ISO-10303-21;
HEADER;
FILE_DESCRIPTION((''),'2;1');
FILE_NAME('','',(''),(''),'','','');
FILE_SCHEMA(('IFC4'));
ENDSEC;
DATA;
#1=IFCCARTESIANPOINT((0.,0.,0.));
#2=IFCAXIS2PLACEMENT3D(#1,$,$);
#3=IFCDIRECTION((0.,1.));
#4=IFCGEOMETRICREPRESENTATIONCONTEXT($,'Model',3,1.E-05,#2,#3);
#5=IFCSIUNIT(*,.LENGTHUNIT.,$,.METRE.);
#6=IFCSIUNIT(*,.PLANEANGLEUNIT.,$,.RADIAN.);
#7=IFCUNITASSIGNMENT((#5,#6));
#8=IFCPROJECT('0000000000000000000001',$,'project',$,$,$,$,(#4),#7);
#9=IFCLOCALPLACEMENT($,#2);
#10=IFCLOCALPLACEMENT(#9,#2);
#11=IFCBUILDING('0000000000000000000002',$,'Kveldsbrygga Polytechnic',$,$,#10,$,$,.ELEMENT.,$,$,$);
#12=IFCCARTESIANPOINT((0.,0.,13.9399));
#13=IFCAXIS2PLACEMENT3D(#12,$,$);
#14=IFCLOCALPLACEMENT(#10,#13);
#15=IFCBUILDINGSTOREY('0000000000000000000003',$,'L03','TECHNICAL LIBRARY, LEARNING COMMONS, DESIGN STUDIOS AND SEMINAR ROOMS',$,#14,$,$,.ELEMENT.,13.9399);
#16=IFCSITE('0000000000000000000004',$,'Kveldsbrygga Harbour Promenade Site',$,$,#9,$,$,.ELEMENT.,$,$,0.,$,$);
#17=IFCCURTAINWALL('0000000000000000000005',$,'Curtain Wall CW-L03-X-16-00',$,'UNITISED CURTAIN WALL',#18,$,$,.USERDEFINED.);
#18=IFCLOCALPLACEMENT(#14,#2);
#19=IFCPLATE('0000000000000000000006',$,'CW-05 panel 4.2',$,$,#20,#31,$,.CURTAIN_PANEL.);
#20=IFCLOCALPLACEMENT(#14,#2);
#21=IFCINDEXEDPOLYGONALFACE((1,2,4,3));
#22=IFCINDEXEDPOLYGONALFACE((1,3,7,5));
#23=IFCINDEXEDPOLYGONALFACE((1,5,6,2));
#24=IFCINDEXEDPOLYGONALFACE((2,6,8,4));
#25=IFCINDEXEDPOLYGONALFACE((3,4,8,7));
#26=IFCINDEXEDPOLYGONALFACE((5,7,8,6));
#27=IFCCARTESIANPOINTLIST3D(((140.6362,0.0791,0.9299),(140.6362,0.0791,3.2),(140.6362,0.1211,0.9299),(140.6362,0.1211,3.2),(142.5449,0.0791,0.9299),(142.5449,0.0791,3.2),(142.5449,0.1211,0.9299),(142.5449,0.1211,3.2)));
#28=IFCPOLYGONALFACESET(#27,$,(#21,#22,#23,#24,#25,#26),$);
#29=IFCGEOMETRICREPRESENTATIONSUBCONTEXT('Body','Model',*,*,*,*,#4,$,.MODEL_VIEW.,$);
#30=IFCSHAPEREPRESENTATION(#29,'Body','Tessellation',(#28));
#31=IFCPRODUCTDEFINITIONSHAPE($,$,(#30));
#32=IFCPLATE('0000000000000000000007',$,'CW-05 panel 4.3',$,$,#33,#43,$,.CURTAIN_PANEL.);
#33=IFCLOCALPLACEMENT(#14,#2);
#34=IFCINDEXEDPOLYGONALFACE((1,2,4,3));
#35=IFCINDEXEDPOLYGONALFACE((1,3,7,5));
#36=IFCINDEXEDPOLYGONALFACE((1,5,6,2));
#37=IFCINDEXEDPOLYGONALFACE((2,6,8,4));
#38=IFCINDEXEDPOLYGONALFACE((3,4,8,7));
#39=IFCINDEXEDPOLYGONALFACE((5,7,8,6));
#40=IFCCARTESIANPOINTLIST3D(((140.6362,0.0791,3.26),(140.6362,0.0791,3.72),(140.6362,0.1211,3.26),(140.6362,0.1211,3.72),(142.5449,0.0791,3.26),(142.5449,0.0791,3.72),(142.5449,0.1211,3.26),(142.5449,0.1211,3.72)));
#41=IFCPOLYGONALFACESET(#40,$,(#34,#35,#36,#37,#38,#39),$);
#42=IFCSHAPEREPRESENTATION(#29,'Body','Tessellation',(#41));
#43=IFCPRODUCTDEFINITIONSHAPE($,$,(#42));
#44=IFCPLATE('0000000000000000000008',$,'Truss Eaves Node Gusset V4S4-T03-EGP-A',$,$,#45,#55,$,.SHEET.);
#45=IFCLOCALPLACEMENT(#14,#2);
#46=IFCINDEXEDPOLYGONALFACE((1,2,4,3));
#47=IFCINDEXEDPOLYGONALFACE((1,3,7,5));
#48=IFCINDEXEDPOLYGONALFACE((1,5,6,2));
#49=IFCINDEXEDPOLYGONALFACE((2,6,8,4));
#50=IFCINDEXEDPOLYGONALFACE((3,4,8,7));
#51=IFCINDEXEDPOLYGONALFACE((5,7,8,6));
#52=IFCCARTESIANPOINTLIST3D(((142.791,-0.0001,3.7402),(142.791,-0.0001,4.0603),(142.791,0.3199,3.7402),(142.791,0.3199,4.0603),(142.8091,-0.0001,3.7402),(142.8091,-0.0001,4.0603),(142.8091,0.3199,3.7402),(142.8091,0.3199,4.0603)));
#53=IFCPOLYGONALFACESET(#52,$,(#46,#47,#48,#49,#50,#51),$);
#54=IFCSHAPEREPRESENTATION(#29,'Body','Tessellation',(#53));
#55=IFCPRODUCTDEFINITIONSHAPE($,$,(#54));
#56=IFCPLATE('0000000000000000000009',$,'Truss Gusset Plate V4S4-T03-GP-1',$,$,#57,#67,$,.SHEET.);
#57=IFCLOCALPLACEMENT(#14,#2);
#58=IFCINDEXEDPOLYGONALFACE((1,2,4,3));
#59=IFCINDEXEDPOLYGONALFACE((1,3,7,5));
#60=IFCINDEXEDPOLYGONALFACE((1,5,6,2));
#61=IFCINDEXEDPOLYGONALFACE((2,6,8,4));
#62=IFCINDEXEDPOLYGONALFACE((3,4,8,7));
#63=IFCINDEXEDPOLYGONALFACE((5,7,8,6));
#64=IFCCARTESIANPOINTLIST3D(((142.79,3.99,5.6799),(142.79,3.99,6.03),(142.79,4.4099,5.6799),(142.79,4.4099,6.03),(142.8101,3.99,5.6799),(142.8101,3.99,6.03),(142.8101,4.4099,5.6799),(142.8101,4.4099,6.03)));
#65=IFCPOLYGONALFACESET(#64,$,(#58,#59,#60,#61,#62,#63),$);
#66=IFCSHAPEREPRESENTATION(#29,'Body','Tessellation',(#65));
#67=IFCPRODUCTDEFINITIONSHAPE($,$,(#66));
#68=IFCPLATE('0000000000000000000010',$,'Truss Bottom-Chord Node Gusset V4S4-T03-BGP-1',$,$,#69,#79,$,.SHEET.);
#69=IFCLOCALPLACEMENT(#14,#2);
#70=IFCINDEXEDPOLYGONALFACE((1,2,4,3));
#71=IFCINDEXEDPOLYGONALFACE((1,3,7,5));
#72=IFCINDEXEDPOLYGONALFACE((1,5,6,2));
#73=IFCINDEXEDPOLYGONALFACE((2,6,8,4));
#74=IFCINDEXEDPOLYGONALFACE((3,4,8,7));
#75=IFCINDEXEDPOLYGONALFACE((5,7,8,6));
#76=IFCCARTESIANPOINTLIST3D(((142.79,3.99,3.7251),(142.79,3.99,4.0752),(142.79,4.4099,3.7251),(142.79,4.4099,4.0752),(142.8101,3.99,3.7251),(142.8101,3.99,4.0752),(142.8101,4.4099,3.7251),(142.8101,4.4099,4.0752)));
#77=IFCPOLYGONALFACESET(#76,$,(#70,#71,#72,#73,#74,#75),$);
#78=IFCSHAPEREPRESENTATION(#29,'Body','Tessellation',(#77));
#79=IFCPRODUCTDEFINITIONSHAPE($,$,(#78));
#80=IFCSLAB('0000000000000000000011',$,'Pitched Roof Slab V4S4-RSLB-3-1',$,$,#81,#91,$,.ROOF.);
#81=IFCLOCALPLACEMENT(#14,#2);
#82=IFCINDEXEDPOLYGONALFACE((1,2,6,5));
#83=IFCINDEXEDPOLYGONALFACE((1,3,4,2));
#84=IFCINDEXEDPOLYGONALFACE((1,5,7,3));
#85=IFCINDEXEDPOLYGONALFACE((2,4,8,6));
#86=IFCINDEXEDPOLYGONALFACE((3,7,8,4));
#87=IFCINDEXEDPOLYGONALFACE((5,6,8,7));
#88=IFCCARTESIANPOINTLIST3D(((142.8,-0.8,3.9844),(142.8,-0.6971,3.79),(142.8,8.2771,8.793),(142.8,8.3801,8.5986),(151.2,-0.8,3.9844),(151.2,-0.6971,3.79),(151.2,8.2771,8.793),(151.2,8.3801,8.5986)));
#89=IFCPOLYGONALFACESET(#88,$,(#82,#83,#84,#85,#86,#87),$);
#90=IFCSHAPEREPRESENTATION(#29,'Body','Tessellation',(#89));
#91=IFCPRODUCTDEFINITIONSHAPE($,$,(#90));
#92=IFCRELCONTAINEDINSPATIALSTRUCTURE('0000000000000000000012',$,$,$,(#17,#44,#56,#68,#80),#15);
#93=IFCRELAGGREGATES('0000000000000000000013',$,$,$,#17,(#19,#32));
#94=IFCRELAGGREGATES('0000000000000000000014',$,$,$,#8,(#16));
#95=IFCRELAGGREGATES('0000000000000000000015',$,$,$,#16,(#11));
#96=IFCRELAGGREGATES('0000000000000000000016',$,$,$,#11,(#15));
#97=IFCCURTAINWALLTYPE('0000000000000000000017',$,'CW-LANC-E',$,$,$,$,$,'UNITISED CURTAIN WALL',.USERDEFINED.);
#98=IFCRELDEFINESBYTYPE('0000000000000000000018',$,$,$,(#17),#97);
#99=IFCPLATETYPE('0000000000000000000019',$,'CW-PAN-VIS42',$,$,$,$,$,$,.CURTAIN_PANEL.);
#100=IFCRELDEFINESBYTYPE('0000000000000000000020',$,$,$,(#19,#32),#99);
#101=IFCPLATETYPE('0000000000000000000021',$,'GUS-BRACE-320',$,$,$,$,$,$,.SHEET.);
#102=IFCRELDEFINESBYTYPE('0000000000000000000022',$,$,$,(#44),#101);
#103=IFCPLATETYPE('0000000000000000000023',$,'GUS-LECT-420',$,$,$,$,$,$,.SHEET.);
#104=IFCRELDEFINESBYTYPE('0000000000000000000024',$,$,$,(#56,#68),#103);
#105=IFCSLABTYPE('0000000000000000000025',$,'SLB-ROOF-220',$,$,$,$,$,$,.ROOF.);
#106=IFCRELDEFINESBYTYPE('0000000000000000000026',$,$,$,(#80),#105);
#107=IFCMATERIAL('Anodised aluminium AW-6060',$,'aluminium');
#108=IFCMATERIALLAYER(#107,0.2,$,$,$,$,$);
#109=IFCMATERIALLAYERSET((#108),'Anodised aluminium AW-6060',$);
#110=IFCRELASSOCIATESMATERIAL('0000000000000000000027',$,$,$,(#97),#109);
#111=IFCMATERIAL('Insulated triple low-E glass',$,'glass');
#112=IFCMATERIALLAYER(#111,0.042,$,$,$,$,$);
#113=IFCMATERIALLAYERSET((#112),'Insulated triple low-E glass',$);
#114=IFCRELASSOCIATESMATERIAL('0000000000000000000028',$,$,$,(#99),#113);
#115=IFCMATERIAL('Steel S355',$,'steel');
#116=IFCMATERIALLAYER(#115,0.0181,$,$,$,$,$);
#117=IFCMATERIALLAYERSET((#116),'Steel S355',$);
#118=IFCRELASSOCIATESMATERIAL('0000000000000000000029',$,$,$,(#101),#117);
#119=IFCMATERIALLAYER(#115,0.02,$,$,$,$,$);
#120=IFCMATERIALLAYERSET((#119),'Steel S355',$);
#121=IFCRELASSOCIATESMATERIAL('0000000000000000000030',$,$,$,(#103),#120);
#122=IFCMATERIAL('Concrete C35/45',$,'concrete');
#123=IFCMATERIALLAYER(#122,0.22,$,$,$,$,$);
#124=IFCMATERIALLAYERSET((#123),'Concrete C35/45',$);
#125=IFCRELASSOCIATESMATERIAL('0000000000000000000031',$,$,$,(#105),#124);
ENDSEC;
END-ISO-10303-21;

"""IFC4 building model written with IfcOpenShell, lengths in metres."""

from ifc_helpers import new_model, si_unit, direction, frame, origin, origin_2d, place, context, subcontext, project, spatial, polyline, rectangle, outline, extrude, material, layer, layer_set, type_object, element, aggregate, save


model = new_model("IFC4")

# Units and contexts
model_context = context("Model", 3, precision=1e-05, world=origin(), true_north=direction((0.0, 1.0)))
body_context = subcontext(model_context, "Body", "Model", "MODEL_VIEW")
ifc_project = project(units=[si_unit("LENGTHUNIT", "METRE"), si_unit("PLANEANGLEUNIT", "RADIAN")], contexts=[model_context])

# Site, building, storey
site_placement = place(None, origin())
site = spatial("IfcSite", under=ifc_project, at=site_placement, Name="Kveldsbrygga Harbour Promenade Site", CompositionType="ELEMENT", RefElevation=0.0)
building_placement = place(site_placement, origin())
building = spatial("IfcBuilding", under=site, at=building_placement, Name="Kveldsbrygga Polytechnic", CompositionType="ELEMENT")
storey_placement = place(building_placement, frame((0.0, 0.0, 13.9399)))
storey = spatial("IfcBuildingStorey", under=building, at=storey_placement, Name="L03", Description="TECHNICAL LIBRARY, LEARNING COMMONS, DESIGN STUDIOS AND SEMINAR ROOMS", CompositionType="ELEMENT", Elevation=13.9399)

# Shared definitions
ifc_material_1 = material(Name="Steel S355", Category="steel")

# Curtain wall
ifc_material_2 = material(Name="Anodised aluminium AW-6060", Category="aluminium")
ifc_layer_1 = layer(ifc_material_2, 0.2)
ifc_layer_set_1 = layer_set([ifc_layer_1], Name="Anodised aluminium AW-6060")
curtain_wall_type = type_object("IfcCurtainWallType", Name="CW-LANC-E", ElementType="UNITISED CURTAIN WALL", PredefinedType="USERDEFINED", material=ifc_layer_set_1)
curtain_wall_placement = place(storey_placement, origin())
curtain_wall = element("IfcCurtainWall", 1, at=curtain_wall_placement, inside=storey, type_object=curtain_wall_type, Name="Curtain Wall CW-L03-X-16-00", ObjectType="UNITISED CURTAIN WALL", PredefinedType="USERDEFINED")

# Plates
ifc_material_3 = material(Name="Insulated triple low-E glass", Category="glass")
ifc_layer_2 = layer(ifc_material_3, 0.042)
ifc_layer_set_2 = layer_set([ifc_layer_2], Name="Insulated triple low-E glass")
plate_type_1 = type_object("IfcPlateType", Name="CW-PAN-VIS42", PredefinedType="CURTAIN_PANEL", material=ifc_layer_set_2)
plate_1_placement = place(storey_placement, frame((141.5906, 0.1001, 0.9299), z_axis=(0.0, 0.0, 1.0), x_axis=(1.0, 0.0, 0.0)))
plate_1 = element("IfcPlate", 2, at=plate_1_placement, type_object=plate_type_1, Name="CW-05 panel 4.2", PredefinedType="CURTAIN_PANEL", context=body_context, shape_type="SweptSolid", body=[
    extrude(rectangle(XDim=1.9087, YDim=0.042, at=origin_2d()), origin(), (0.0, 0.0, 1.0), 2.27),
])
plate_2_placement = place(storey_placement, frame((141.5906, 0.1001, 3.26), z_axis=(0.0, 0.0, 1.0), x_axis=(1.0, 0.0, 0.0)))
plate_2 = element("IfcPlate", 3, at=plate_2_placement, type_object=plate_type_1, Name="CW-05 panel 4.3", PredefinedType="CURTAIN_PANEL", context=body_context, shape_type="SweptSolid", body=[
    extrude(rectangle(XDim=1.9087, YDim=0.042, at=origin_2d()), origin(), (0.0, 0.0, 1.0), 0.46),
])
aggregate(curtain_wall, [plate_1, plate_2])

# Plates
ifc_layer_3 = layer(ifc_material_1, 0.0181)
ifc_layer_set_3 = layer_set([ifc_layer_3], Name="Steel S355")
plate_type_2 = type_object("IfcPlateType", Name="GUS-BRACE-320", PredefinedType="SHEET", material=ifc_layer_set_3)
plate_3_placement = place(storey_placement, frame((142.8, 0.1599, 3.7402), z_axis=(0.0, 0.0, 1.0), x_axis=(1.0, 0.0, 0.0)))
element("IfcPlate", 4, at=plate_3_placement, inside=storey, type_object=plate_type_2, Name="Truss Eaves Node Gusset V4S4-T03-EGP-A", PredefinedType="SHEET", context=body_context, shape_type="SweptSolid", body=[
    extrude(rectangle(XDim=0.0181, YDim=0.3201, at=origin_2d()), origin(), (0.0, 0.0, 1.0), 0.3201),
])
ifc_layer_4 = layer(ifc_material_1, 0.02)
ifc_layer_set_4 = layer_set([ifc_layer_4], Name="Steel S355")
plate_type_3 = type_object("IfcPlateType", Name="GUS-LECT-420", PredefinedType="SHEET", material=ifc_layer_set_4)
for number, where, z_axis, x_axis, name in (
    (5, (142.8, 4.2, 5.6799), (0.0, 0.0, 1.0), (1.0, 0.0, 0.0), "Truss Gusset Plate V4S4-T03-GP-1"),
    (6, (142.8, 4.2, 3.7251), (0.0, 0.0, 1.0), (1.0, 0.0, 0.0), "Truss Bottom-Chord Node Gusset V4S4-T03-BGP-1"),
):
    element("IfcPlate", number, at=place(storey_placement, frame(where, z_axis=z_axis, x_axis=x_axis)), inside=storey, type_object=plate_type_3, Name=name, PredefinedType="SHEET", context=body_context, shape_type="SweptSolid", body=[
        extrude(rectangle(XDim=0.02, YDim=0.4199, at=origin_2d()), origin(), (0.0, 0.0, 1.0), 0.3501),
    ])

# Slab
ifc_material_4 = material(Name="Concrete C35/45", Category="concrete")
ifc_layer_5 = layer(ifc_material_4, 0.22)
ifc_layer_set_5 = layer_set([ifc_layer_5], Name="Concrete C35/45")
slab_type = type_object("IfcSlabType", Name="SLB-ROOF-220", PredefinedType="ROOF", material=ifc_layer_set_5)
slab_placement = place(storey_placement, frame((142.8, -0.8, 3.9844), z_axis=(0.0, -0.468119, 0.883665), x_axis=(1.0, 0.0, 0.0)))
element("IfcSlab", 7, at=slab_placement, inside=storey, type_object=slab_type, Name="Pitched Roof Slab V4S4-RSLB-3-1", PredefinedType="ROOF", context=body_context, shape_type="SweptSolid", body=[
    extrude(outline(polyline([(0.0, 0.0), (8.3999, 0.0), (8.3999, 10.2722), (0.0, 10.2722), (0.0, 0.0)])), origin(), (0.0, 0.0, -1.0), 0.22),
])

save(model, "model.ifc")
